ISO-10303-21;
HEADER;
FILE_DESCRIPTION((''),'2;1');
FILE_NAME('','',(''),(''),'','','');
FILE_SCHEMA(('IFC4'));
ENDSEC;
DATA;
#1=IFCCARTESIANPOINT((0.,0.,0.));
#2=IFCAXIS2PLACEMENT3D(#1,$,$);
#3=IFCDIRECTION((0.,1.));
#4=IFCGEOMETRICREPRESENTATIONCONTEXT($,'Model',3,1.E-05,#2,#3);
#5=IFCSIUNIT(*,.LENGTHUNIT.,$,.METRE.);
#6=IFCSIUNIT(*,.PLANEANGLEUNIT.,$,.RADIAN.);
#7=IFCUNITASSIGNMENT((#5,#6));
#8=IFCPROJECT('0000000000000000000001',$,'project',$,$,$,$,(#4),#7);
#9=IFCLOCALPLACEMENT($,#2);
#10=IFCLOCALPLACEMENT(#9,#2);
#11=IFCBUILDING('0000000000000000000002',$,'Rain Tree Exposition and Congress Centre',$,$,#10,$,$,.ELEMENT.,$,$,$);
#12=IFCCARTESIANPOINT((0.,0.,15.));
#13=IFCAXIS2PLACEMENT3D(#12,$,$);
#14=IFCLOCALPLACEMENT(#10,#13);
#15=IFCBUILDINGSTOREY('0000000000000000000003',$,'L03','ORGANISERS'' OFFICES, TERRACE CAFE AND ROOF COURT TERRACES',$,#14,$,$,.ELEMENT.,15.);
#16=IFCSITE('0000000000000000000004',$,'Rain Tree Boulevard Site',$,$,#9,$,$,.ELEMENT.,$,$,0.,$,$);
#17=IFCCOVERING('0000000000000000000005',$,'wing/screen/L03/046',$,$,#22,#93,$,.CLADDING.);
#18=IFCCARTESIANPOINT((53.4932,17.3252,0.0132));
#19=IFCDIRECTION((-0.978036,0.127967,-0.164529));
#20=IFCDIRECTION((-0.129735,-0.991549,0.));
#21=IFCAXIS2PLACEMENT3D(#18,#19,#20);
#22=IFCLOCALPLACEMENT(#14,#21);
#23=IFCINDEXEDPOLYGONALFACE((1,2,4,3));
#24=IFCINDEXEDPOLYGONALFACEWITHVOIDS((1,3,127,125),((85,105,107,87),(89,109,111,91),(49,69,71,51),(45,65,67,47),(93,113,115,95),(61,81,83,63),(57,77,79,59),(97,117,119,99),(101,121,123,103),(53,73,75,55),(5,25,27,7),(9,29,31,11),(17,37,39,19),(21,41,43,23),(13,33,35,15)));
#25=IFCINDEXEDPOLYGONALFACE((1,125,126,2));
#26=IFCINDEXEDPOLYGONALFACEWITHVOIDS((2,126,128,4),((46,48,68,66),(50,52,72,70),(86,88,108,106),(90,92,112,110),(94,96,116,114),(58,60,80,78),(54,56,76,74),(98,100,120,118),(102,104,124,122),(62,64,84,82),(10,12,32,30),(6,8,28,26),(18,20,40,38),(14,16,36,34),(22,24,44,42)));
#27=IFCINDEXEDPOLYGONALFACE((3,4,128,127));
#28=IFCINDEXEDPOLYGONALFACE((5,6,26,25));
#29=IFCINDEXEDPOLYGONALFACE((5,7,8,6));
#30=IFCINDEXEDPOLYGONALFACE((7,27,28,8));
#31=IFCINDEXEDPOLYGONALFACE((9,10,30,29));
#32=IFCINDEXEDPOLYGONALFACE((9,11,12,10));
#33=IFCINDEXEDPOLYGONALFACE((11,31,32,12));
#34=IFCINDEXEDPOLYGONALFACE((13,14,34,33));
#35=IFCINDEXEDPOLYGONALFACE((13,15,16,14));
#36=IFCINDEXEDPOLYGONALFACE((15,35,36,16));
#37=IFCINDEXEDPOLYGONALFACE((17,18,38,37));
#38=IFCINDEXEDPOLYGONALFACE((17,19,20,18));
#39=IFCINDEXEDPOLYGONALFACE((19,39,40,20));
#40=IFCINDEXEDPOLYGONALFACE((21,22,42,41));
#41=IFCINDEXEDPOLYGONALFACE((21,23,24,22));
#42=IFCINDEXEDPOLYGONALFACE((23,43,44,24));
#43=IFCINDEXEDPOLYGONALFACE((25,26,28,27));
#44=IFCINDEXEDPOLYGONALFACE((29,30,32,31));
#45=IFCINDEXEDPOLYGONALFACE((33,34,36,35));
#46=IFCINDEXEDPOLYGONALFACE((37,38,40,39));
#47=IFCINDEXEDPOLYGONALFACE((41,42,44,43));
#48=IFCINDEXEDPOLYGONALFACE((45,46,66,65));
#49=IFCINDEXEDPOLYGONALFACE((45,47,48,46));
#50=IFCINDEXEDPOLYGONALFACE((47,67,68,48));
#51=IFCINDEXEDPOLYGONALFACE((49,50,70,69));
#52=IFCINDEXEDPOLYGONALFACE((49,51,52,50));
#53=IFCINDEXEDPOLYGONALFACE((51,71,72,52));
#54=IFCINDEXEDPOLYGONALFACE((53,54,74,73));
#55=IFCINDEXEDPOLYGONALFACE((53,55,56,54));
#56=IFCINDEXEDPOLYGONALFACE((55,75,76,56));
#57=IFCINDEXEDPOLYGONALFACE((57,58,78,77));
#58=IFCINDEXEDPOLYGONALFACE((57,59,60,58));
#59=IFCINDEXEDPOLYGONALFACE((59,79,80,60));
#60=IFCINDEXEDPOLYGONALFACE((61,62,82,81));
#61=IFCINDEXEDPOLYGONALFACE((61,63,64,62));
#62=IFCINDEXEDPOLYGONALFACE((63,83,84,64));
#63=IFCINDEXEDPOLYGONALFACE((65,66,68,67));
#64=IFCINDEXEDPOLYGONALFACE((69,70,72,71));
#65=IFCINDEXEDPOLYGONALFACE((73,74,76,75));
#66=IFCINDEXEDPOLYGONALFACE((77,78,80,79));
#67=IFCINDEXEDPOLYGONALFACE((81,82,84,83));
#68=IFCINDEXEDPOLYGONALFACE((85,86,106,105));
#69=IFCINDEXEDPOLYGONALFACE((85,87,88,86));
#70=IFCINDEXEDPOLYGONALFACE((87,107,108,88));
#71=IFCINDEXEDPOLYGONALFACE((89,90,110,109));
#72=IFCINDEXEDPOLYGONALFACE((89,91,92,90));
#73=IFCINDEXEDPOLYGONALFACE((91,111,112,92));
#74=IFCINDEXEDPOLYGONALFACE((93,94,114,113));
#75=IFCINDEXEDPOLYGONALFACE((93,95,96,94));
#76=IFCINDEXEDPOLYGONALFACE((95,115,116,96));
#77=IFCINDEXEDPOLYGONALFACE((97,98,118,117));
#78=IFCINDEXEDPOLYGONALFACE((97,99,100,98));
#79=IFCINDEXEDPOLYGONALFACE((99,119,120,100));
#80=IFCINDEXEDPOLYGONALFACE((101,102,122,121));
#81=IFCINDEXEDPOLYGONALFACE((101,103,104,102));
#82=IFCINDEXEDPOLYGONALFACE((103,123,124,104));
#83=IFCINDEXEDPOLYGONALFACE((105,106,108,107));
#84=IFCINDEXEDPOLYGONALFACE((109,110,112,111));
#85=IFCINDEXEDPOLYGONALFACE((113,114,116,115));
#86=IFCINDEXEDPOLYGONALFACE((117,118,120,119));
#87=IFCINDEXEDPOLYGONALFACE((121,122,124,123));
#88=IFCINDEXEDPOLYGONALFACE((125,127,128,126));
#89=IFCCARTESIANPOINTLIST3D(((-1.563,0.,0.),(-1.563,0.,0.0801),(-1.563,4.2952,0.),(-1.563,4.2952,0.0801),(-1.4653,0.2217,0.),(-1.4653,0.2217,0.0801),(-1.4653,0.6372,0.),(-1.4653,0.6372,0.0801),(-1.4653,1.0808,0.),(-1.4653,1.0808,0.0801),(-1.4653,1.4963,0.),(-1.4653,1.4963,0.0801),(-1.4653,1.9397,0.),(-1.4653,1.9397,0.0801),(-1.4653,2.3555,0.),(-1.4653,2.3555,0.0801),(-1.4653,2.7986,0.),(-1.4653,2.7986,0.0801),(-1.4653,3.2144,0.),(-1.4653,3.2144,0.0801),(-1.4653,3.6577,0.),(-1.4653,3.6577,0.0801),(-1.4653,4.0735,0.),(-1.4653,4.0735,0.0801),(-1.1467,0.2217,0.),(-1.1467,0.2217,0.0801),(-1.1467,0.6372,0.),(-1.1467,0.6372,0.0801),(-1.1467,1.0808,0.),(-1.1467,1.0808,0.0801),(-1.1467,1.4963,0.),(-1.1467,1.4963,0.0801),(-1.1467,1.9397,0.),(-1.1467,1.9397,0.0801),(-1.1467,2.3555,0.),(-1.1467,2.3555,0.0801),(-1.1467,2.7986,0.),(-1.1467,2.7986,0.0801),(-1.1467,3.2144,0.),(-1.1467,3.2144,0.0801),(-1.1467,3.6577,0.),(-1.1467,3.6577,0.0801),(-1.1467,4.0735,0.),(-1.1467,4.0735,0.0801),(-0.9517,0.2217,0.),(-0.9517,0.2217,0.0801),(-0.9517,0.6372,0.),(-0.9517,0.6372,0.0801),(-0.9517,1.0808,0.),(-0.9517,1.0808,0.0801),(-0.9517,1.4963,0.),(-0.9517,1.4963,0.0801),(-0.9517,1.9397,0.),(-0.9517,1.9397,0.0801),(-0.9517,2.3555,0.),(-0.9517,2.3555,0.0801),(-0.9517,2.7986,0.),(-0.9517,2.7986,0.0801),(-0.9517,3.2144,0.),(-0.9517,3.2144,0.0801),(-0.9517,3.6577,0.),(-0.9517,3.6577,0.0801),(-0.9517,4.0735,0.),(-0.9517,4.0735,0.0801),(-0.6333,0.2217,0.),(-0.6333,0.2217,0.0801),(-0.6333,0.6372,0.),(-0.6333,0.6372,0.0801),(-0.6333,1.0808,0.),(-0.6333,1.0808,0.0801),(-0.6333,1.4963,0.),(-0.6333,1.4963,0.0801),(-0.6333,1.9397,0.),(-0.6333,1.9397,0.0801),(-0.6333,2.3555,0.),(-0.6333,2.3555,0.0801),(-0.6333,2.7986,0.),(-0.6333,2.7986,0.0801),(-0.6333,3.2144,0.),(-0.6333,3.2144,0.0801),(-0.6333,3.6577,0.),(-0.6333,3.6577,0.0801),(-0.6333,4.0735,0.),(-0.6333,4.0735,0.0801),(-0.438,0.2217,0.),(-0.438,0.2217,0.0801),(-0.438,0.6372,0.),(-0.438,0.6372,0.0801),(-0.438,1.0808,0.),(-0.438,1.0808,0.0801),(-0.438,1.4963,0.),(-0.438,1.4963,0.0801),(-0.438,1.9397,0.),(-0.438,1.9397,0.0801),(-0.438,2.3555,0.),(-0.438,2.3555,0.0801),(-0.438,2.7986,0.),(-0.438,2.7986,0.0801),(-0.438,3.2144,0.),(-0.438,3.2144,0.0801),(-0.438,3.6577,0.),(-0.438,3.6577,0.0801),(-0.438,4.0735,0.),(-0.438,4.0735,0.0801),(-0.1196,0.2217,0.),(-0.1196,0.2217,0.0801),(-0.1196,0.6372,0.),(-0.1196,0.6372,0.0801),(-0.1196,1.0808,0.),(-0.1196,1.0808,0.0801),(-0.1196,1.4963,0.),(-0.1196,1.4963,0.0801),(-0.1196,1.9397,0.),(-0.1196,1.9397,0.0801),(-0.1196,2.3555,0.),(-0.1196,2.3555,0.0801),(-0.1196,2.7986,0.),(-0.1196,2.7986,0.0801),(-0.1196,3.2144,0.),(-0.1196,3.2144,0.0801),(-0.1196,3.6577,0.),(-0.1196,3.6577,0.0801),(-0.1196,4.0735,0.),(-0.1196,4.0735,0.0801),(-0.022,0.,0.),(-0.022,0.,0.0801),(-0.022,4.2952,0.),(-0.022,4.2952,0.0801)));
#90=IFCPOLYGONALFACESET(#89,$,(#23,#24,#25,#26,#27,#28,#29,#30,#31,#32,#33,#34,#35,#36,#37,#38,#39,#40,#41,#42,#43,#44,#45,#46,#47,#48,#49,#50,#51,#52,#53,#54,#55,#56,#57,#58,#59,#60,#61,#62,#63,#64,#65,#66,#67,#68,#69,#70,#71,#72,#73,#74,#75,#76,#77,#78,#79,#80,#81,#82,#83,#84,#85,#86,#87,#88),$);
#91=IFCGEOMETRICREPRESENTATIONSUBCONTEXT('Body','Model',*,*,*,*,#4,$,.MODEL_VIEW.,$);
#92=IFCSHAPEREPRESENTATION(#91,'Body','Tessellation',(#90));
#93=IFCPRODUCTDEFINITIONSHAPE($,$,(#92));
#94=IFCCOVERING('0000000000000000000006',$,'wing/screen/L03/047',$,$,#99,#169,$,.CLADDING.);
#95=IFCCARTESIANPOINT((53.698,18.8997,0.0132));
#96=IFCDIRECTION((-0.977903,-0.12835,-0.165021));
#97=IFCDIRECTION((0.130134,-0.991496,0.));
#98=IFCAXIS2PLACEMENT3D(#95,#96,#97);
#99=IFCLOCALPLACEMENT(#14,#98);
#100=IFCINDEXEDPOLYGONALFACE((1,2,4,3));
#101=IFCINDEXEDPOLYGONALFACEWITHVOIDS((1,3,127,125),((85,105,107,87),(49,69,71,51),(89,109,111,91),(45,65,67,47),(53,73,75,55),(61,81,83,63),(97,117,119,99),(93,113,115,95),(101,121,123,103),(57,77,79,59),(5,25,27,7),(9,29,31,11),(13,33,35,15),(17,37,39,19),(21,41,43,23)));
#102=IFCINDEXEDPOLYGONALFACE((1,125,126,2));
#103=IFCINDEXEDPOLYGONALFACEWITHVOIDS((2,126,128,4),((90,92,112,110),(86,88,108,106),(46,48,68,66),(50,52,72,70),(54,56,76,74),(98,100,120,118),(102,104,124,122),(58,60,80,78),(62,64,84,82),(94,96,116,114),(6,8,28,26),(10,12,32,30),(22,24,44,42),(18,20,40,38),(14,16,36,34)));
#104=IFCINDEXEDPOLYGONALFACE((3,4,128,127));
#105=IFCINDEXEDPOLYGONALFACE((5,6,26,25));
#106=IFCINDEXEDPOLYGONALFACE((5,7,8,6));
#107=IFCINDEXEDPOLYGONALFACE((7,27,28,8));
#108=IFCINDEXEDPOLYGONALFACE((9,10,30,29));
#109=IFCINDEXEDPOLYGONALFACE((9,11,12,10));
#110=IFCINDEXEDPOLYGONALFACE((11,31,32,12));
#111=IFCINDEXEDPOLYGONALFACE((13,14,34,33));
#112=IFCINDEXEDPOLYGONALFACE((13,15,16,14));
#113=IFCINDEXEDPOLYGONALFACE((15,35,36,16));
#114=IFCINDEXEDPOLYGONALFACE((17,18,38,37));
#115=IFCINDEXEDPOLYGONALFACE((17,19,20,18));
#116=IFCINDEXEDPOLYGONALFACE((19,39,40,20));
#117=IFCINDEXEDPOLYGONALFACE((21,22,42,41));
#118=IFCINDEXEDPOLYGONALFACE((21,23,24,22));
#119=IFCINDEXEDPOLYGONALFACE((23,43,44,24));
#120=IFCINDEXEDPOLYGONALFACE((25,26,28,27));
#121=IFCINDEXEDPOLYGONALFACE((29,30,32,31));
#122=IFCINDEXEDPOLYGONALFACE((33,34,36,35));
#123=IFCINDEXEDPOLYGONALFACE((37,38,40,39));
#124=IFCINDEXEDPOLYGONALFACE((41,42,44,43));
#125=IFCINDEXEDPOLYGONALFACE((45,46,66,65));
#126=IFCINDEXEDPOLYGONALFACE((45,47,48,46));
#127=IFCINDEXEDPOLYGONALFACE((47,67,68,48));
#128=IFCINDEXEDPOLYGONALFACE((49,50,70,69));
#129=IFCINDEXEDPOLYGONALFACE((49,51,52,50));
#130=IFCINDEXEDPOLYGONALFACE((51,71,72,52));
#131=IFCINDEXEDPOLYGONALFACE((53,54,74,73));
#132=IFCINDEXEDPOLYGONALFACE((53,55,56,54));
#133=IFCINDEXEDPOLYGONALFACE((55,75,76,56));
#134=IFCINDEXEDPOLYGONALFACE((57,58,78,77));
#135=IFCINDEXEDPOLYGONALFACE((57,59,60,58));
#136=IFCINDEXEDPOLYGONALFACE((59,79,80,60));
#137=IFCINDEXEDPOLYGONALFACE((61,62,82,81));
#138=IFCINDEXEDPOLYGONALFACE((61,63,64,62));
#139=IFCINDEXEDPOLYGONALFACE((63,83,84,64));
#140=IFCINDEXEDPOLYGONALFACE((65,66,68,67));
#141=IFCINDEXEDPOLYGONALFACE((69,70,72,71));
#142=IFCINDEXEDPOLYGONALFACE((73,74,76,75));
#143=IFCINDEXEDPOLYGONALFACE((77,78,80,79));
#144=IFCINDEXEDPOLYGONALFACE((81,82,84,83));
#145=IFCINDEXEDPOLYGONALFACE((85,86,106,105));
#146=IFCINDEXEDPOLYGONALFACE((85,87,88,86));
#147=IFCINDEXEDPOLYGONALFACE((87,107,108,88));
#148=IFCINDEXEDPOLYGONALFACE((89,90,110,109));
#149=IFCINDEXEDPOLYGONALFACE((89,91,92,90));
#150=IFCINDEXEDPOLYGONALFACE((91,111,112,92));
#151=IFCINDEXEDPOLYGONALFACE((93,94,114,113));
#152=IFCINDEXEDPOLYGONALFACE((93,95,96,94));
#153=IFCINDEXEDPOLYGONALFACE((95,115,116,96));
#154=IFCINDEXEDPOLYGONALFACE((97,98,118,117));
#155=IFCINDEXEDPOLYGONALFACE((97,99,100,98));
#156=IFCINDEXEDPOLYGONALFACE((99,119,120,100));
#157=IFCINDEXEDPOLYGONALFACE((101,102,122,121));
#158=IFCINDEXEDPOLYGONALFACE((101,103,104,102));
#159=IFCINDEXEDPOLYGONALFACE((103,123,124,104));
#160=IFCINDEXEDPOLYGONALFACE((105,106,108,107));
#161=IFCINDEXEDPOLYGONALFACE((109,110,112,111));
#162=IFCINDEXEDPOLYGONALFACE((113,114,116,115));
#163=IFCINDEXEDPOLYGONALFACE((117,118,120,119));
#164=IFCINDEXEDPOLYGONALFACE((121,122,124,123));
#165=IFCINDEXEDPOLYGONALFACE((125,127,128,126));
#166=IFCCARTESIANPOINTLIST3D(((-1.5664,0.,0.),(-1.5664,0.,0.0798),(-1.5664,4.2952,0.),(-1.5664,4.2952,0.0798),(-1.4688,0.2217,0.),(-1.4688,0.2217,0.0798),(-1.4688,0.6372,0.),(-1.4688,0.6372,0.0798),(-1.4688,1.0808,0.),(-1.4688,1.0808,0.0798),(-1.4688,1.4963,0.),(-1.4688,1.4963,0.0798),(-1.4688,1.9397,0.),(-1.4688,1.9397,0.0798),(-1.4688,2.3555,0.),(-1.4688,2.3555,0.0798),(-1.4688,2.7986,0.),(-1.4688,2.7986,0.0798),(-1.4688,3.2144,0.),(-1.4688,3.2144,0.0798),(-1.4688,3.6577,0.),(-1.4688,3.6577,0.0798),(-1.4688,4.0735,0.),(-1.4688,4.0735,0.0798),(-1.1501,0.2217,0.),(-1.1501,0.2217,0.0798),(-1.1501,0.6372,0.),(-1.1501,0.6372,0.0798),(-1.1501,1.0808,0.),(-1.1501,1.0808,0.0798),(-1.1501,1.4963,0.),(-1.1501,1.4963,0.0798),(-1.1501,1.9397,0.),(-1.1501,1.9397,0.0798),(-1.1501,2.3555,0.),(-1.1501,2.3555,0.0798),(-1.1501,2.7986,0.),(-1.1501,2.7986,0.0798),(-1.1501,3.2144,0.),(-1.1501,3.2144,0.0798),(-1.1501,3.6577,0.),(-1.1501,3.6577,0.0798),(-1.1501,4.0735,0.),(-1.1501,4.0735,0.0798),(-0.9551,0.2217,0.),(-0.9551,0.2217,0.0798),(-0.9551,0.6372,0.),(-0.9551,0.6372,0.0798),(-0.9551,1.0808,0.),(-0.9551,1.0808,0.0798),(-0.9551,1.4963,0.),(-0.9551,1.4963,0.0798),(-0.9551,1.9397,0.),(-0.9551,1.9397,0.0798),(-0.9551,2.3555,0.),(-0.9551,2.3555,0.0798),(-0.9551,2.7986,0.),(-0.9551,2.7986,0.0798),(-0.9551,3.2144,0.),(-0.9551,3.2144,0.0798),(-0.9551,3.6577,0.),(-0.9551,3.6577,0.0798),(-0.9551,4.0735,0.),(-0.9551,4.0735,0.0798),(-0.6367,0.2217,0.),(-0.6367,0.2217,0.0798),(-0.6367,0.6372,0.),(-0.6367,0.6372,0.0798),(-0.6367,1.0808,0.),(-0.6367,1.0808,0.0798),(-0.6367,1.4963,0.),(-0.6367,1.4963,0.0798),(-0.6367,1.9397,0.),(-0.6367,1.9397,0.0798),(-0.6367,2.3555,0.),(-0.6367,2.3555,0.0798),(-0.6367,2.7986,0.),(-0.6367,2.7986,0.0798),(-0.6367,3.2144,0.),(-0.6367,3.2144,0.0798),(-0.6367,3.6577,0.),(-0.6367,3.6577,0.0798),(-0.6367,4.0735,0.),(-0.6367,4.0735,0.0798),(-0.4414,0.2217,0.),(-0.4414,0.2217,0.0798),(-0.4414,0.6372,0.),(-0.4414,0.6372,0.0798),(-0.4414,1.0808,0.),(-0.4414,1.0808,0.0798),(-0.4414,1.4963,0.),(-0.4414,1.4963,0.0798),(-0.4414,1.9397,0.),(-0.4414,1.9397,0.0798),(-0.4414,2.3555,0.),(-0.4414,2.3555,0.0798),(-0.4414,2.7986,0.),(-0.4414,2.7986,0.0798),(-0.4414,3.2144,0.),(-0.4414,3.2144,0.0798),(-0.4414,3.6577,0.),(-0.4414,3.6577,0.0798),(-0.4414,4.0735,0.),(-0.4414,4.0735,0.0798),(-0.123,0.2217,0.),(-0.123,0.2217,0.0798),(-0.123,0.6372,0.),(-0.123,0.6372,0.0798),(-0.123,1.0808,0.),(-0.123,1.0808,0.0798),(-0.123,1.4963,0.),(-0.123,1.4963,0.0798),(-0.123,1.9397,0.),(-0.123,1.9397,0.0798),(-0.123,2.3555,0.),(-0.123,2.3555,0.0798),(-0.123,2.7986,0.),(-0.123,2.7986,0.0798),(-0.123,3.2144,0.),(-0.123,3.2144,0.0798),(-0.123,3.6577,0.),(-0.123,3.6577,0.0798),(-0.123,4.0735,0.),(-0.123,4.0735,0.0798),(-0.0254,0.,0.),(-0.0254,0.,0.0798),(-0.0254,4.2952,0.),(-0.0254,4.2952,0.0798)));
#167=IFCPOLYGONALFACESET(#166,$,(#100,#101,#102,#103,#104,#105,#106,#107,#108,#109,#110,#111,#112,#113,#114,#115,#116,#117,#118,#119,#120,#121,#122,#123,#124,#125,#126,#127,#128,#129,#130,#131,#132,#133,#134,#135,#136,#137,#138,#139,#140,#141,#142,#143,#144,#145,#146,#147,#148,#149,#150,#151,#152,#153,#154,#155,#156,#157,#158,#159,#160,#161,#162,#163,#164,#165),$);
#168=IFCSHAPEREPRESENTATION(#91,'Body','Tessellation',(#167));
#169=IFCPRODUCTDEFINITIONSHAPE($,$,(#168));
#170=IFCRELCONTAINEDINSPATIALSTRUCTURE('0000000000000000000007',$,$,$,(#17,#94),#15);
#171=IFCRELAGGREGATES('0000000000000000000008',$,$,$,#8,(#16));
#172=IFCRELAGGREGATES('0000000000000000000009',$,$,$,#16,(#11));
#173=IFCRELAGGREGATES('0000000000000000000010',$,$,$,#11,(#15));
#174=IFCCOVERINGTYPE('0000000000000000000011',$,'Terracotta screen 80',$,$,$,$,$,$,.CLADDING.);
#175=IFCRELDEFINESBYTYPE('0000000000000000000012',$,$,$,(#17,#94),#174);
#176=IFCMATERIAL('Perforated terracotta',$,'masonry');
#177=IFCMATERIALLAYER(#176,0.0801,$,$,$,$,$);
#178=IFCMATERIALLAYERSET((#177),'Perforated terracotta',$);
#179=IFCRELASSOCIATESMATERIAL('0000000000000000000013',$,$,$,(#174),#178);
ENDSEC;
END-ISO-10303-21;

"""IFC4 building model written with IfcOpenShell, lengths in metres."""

from ifc_helpers import new_model, si_unit, direction, frame, origin, place, context, subcontext, project, spatial, polyline, outline, extrude, material, layer, layer_set, type_object, element, save


model = new_model("IFC4")

# Units and contexts
model_context = context("Model", 3, precision=1e-05, world=origin(), true_north=direction((0.0, 1.0)))
body_context = subcontext(model_context, "Body", "Model", "MODEL_VIEW")
ifc_project = project(units=[si_unit("LENGTHUNIT", "METRE"), si_unit("PLANEANGLEUNIT", "RADIAN")], contexts=[model_context])

# Site, building, storey
site_placement = place(None, origin())
site = spatial("IfcSite", under=ifc_project, at=site_placement, Name="Rain Tree Boulevard Site", CompositionType="ELEMENT", RefElevation=0.0)
building_placement = place(site_placement, origin())
building = spatial("IfcBuilding", under=site, at=building_placement, Name="Rain Tree Exposition and Congress Centre", CompositionType="ELEMENT")
storey_placement = place(building_placement, frame((0.0, 0.0, 15.0)))
storey = spatial("IfcBuildingStorey", under=building, at=storey_placement, Name="L03", Description="ORGANISERS' OFFICES, TERRACE CAFE AND ROOF COURT TERRACES", CompositionType="ELEMENT", Elevation=15.0)

# Coverings
ifc_material_1 = material(Name="Perforated terracotta", Category="masonry")
ifc_layer = layer(ifc_material_1, 0.0801)
ifc_layer_set = layer_set([ifc_layer], Name="Perforated terracotta")
covering_type = type_object("IfcCoveringType", Name="Terracotta screen 80", PredefinedType="CLADDING", material=ifc_layer_set)
covering_1_placement = place(storey_placement, frame((53.4932, 17.3252, 0.0132), z_axis=(-0.978036, 0.127967, -0.164529), x_axis=(-0.129735, -0.991549, 0.0)))
element("IfcCovering", 1, at=covering_1_placement, inside=storey, type_object=covering_type, Name="wing/screen/L03/046", PredefinedType="CLADDING", context=body_context, shape_type="SweptSolid", body=[
    extrude(outline(polyline([(-1.563, 0.0), (-1.563, 4.2952), (-0.022, 4.2952), (-0.022, 0.0), (-1.563, 0.0)]), holes=[polyline([(-0.1196, 0.2217), (-0.1196, 0.6372), (-0.438, 0.6372), (-0.438, 0.2217), (-0.1196, 0.2217)]), polyline([(-0.1196, 1.0808), (-0.1196, 1.4963), (-0.438, 1.4963), (-0.438, 1.0808), (-0.1196, 1.0808)]), polyline([(-0.1196, 1.9397), (-0.1196, 2.3555), (-0.438, 2.3555), (-0.438, 1.9397), (-0.1196, 1.9397)]), polyline([(-0.1196, 2.7986), (-0.1196, 3.2144), (-0.438, 3.2144), (-0.438, 2.7986), (-0.1196, 2.7986)]), polyline([(-0.1196, 3.6577), (-0.1196, 4.0735), (-0.438, 4.0735), (-0.438, 3.6577), (-0.1196, 3.6577)]), polyline([(-0.6333, 0.2217), (-0.6333, 0.6372), (-0.9517, 0.6372), (-0.9517, 0.2217), (-0.6333, 0.2217)]), polyline([(-0.6333, 1.0808), (-0.6333, 1.4963), (-0.9517, 1.4963), (-0.9517, 1.0808), (-0.6333, 1.0808)]), polyline([(-0.6333, 1.9397), (-0.6333, 2.3555), (-0.9517, 2.3555), (-0.9517, 1.9397), (-0.6333, 1.9397)]), polyline([(-0.6333, 2.7986), (-0.6333, 3.2144), (-0.9517, 3.2144), (-0.9517, 2.7986), (-0.6333, 2.7986)]), polyline([(-0.6333, 3.6577), (-0.6333, 4.0735), (-0.9517, 4.0735), (-0.9517, 3.6577), (-0.6333, 3.6577)]), polyline([(-1.1467, 0.2217), (-1.1467, 0.6372), (-1.4653, 0.6372), (-1.4653, 0.2217), (-1.1467, 0.2217)]), polyline([(-1.1467, 1.0808), (-1.1467, 1.4963), (-1.4653, 1.4963), (-1.4653, 1.0808), (-1.1467, 1.0808)]), polyline([(-1.1467, 1.9397), (-1.1467, 2.3555), (-1.4653, 2.3555), (-1.4653, 1.9397), (-1.1467, 1.9397)]), polyline([(-1.1467, 2.7986), (-1.1467, 3.2144), (-1.4653, 3.2144), (-1.4653, 2.7986), (-1.1467, 2.7986)]), polyline([(-1.1467, 3.6577), (-1.1467, 4.0735), (-1.4653, 4.0735), (-1.4653, 3.6577), (-1.1467, 3.6577)])]), origin(), (0.0, 0.0, 1.0), 0.0801),
])
covering_2_placement = place(storey_placement, frame((53.698, 18.8997, 0.0132), z_axis=(-0.977903, -0.12835, -0.165021), x_axis=(0.130134, -0.991496, 0.0)))
element("IfcCovering", 2, at=covering_2_placement, inside=storey, type_object=covering_type, Name="wing/screen/L03/047", PredefinedType="CLADDING", context=body_context, shape_type="SweptSolid", body=[
    extrude(outline(polyline([(-1.5664, 0.0), (-1.5664, 4.2952), (-0.0254, 4.2952), (-0.0254, 0.0), (-1.5664, 0.0)]), holes=[polyline([(-0.123, 0.2217), (-0.123, 0.6372), (-0.4414, 0.6372), (-0.4414, 0.2217), (-0.123, 0.2217)]), polyline([(-0.123, 1.0808), (-0.123, 1.4963), (-0.4414, 1.4963), (-0.4414, 1.0808), (-0.123, 1.0808)]), polyline([(-0.123, 1.9397), (-0.123, 2.3555), (-0.4414, 2.3555), (-0.4414, 1.9397), (-0.123, 1.9397)]), polyline([(-0.123, 2.7986), (-0.123, 3.2144), (-0.4414, 3.2144), (-0.4414, 2.7986), (-0.123, 2.7986)]), polyline([(-0.123, 3.6577), (-0.123, 4.0735), (-0.4414, 4.0735), (-0.4414, 3.6577), (-0.123, 3.6577)]), polyline([(-0.6367, 0.2217), (-0.6367, 0.6372), (-0.9551, 0.6372), (-0.9551, 0.2217), (-0.6367, 0.2217)]), polyline([(-0.6367, 1.0808), (-0.6367, 1.4963), (-0.9551, 1.4963), (-0.9551, 1.0808), (-0.6367, 1.0808)]), polyline([(-0.6367, 1.9397), (-0.6367, 2.3555), (-0.9551, 2.3555), (-0.9551, 1.9397), (-0.6367, 1.9397)]), polyline([(-0.6367, 2.7986), (-0.6367, 3.2144), (-0.9551, 3.2144), (-0.9551, 2.7986), (-0.6367, 2.7986)]), polyline([(-0.6367, 3.6577), (-0.6367, 4.0735), (-0.9551, 4.0735), (-0.9551, 3.6577), (-0.6367, 3.6577)]), polyline([(-1.1501, 0.2217), (-1.1501, 0.6372), (-1.4688, 0.6372), (-1.4688, 0.2217), (-1.1501, 0.2217)]), polyline([(-1.1501, 1.0808), (-1.1501, 1.4963), (-1.4688, 1.4963), (-1.4688, 1.0808), (-1.1501, 1.0808)]), polyline([(-1.1501, 1.9397), (-1.1501, 2.3555), (-1.4688, 2.3555), (-1.4688, 1.9397), (-1.1501, 1.9397)]), polyline([(-1.1501, 2.7986), (-1.1501, 3.2144), (-1.4688, 3.2144), (-1.4688, 2.7986), (-1.1501, 2.7986)]), polyline([(-1.1501, 3.6577), (-1.1501, 4.0735), (-1.4688, 4.0735), (-1.4688, 3.6577), (-1.1501, 3.6577)])]), origin(), (0.0, 0.0, 1.0), 0.0798),
])

save(model, "model.ifc")
